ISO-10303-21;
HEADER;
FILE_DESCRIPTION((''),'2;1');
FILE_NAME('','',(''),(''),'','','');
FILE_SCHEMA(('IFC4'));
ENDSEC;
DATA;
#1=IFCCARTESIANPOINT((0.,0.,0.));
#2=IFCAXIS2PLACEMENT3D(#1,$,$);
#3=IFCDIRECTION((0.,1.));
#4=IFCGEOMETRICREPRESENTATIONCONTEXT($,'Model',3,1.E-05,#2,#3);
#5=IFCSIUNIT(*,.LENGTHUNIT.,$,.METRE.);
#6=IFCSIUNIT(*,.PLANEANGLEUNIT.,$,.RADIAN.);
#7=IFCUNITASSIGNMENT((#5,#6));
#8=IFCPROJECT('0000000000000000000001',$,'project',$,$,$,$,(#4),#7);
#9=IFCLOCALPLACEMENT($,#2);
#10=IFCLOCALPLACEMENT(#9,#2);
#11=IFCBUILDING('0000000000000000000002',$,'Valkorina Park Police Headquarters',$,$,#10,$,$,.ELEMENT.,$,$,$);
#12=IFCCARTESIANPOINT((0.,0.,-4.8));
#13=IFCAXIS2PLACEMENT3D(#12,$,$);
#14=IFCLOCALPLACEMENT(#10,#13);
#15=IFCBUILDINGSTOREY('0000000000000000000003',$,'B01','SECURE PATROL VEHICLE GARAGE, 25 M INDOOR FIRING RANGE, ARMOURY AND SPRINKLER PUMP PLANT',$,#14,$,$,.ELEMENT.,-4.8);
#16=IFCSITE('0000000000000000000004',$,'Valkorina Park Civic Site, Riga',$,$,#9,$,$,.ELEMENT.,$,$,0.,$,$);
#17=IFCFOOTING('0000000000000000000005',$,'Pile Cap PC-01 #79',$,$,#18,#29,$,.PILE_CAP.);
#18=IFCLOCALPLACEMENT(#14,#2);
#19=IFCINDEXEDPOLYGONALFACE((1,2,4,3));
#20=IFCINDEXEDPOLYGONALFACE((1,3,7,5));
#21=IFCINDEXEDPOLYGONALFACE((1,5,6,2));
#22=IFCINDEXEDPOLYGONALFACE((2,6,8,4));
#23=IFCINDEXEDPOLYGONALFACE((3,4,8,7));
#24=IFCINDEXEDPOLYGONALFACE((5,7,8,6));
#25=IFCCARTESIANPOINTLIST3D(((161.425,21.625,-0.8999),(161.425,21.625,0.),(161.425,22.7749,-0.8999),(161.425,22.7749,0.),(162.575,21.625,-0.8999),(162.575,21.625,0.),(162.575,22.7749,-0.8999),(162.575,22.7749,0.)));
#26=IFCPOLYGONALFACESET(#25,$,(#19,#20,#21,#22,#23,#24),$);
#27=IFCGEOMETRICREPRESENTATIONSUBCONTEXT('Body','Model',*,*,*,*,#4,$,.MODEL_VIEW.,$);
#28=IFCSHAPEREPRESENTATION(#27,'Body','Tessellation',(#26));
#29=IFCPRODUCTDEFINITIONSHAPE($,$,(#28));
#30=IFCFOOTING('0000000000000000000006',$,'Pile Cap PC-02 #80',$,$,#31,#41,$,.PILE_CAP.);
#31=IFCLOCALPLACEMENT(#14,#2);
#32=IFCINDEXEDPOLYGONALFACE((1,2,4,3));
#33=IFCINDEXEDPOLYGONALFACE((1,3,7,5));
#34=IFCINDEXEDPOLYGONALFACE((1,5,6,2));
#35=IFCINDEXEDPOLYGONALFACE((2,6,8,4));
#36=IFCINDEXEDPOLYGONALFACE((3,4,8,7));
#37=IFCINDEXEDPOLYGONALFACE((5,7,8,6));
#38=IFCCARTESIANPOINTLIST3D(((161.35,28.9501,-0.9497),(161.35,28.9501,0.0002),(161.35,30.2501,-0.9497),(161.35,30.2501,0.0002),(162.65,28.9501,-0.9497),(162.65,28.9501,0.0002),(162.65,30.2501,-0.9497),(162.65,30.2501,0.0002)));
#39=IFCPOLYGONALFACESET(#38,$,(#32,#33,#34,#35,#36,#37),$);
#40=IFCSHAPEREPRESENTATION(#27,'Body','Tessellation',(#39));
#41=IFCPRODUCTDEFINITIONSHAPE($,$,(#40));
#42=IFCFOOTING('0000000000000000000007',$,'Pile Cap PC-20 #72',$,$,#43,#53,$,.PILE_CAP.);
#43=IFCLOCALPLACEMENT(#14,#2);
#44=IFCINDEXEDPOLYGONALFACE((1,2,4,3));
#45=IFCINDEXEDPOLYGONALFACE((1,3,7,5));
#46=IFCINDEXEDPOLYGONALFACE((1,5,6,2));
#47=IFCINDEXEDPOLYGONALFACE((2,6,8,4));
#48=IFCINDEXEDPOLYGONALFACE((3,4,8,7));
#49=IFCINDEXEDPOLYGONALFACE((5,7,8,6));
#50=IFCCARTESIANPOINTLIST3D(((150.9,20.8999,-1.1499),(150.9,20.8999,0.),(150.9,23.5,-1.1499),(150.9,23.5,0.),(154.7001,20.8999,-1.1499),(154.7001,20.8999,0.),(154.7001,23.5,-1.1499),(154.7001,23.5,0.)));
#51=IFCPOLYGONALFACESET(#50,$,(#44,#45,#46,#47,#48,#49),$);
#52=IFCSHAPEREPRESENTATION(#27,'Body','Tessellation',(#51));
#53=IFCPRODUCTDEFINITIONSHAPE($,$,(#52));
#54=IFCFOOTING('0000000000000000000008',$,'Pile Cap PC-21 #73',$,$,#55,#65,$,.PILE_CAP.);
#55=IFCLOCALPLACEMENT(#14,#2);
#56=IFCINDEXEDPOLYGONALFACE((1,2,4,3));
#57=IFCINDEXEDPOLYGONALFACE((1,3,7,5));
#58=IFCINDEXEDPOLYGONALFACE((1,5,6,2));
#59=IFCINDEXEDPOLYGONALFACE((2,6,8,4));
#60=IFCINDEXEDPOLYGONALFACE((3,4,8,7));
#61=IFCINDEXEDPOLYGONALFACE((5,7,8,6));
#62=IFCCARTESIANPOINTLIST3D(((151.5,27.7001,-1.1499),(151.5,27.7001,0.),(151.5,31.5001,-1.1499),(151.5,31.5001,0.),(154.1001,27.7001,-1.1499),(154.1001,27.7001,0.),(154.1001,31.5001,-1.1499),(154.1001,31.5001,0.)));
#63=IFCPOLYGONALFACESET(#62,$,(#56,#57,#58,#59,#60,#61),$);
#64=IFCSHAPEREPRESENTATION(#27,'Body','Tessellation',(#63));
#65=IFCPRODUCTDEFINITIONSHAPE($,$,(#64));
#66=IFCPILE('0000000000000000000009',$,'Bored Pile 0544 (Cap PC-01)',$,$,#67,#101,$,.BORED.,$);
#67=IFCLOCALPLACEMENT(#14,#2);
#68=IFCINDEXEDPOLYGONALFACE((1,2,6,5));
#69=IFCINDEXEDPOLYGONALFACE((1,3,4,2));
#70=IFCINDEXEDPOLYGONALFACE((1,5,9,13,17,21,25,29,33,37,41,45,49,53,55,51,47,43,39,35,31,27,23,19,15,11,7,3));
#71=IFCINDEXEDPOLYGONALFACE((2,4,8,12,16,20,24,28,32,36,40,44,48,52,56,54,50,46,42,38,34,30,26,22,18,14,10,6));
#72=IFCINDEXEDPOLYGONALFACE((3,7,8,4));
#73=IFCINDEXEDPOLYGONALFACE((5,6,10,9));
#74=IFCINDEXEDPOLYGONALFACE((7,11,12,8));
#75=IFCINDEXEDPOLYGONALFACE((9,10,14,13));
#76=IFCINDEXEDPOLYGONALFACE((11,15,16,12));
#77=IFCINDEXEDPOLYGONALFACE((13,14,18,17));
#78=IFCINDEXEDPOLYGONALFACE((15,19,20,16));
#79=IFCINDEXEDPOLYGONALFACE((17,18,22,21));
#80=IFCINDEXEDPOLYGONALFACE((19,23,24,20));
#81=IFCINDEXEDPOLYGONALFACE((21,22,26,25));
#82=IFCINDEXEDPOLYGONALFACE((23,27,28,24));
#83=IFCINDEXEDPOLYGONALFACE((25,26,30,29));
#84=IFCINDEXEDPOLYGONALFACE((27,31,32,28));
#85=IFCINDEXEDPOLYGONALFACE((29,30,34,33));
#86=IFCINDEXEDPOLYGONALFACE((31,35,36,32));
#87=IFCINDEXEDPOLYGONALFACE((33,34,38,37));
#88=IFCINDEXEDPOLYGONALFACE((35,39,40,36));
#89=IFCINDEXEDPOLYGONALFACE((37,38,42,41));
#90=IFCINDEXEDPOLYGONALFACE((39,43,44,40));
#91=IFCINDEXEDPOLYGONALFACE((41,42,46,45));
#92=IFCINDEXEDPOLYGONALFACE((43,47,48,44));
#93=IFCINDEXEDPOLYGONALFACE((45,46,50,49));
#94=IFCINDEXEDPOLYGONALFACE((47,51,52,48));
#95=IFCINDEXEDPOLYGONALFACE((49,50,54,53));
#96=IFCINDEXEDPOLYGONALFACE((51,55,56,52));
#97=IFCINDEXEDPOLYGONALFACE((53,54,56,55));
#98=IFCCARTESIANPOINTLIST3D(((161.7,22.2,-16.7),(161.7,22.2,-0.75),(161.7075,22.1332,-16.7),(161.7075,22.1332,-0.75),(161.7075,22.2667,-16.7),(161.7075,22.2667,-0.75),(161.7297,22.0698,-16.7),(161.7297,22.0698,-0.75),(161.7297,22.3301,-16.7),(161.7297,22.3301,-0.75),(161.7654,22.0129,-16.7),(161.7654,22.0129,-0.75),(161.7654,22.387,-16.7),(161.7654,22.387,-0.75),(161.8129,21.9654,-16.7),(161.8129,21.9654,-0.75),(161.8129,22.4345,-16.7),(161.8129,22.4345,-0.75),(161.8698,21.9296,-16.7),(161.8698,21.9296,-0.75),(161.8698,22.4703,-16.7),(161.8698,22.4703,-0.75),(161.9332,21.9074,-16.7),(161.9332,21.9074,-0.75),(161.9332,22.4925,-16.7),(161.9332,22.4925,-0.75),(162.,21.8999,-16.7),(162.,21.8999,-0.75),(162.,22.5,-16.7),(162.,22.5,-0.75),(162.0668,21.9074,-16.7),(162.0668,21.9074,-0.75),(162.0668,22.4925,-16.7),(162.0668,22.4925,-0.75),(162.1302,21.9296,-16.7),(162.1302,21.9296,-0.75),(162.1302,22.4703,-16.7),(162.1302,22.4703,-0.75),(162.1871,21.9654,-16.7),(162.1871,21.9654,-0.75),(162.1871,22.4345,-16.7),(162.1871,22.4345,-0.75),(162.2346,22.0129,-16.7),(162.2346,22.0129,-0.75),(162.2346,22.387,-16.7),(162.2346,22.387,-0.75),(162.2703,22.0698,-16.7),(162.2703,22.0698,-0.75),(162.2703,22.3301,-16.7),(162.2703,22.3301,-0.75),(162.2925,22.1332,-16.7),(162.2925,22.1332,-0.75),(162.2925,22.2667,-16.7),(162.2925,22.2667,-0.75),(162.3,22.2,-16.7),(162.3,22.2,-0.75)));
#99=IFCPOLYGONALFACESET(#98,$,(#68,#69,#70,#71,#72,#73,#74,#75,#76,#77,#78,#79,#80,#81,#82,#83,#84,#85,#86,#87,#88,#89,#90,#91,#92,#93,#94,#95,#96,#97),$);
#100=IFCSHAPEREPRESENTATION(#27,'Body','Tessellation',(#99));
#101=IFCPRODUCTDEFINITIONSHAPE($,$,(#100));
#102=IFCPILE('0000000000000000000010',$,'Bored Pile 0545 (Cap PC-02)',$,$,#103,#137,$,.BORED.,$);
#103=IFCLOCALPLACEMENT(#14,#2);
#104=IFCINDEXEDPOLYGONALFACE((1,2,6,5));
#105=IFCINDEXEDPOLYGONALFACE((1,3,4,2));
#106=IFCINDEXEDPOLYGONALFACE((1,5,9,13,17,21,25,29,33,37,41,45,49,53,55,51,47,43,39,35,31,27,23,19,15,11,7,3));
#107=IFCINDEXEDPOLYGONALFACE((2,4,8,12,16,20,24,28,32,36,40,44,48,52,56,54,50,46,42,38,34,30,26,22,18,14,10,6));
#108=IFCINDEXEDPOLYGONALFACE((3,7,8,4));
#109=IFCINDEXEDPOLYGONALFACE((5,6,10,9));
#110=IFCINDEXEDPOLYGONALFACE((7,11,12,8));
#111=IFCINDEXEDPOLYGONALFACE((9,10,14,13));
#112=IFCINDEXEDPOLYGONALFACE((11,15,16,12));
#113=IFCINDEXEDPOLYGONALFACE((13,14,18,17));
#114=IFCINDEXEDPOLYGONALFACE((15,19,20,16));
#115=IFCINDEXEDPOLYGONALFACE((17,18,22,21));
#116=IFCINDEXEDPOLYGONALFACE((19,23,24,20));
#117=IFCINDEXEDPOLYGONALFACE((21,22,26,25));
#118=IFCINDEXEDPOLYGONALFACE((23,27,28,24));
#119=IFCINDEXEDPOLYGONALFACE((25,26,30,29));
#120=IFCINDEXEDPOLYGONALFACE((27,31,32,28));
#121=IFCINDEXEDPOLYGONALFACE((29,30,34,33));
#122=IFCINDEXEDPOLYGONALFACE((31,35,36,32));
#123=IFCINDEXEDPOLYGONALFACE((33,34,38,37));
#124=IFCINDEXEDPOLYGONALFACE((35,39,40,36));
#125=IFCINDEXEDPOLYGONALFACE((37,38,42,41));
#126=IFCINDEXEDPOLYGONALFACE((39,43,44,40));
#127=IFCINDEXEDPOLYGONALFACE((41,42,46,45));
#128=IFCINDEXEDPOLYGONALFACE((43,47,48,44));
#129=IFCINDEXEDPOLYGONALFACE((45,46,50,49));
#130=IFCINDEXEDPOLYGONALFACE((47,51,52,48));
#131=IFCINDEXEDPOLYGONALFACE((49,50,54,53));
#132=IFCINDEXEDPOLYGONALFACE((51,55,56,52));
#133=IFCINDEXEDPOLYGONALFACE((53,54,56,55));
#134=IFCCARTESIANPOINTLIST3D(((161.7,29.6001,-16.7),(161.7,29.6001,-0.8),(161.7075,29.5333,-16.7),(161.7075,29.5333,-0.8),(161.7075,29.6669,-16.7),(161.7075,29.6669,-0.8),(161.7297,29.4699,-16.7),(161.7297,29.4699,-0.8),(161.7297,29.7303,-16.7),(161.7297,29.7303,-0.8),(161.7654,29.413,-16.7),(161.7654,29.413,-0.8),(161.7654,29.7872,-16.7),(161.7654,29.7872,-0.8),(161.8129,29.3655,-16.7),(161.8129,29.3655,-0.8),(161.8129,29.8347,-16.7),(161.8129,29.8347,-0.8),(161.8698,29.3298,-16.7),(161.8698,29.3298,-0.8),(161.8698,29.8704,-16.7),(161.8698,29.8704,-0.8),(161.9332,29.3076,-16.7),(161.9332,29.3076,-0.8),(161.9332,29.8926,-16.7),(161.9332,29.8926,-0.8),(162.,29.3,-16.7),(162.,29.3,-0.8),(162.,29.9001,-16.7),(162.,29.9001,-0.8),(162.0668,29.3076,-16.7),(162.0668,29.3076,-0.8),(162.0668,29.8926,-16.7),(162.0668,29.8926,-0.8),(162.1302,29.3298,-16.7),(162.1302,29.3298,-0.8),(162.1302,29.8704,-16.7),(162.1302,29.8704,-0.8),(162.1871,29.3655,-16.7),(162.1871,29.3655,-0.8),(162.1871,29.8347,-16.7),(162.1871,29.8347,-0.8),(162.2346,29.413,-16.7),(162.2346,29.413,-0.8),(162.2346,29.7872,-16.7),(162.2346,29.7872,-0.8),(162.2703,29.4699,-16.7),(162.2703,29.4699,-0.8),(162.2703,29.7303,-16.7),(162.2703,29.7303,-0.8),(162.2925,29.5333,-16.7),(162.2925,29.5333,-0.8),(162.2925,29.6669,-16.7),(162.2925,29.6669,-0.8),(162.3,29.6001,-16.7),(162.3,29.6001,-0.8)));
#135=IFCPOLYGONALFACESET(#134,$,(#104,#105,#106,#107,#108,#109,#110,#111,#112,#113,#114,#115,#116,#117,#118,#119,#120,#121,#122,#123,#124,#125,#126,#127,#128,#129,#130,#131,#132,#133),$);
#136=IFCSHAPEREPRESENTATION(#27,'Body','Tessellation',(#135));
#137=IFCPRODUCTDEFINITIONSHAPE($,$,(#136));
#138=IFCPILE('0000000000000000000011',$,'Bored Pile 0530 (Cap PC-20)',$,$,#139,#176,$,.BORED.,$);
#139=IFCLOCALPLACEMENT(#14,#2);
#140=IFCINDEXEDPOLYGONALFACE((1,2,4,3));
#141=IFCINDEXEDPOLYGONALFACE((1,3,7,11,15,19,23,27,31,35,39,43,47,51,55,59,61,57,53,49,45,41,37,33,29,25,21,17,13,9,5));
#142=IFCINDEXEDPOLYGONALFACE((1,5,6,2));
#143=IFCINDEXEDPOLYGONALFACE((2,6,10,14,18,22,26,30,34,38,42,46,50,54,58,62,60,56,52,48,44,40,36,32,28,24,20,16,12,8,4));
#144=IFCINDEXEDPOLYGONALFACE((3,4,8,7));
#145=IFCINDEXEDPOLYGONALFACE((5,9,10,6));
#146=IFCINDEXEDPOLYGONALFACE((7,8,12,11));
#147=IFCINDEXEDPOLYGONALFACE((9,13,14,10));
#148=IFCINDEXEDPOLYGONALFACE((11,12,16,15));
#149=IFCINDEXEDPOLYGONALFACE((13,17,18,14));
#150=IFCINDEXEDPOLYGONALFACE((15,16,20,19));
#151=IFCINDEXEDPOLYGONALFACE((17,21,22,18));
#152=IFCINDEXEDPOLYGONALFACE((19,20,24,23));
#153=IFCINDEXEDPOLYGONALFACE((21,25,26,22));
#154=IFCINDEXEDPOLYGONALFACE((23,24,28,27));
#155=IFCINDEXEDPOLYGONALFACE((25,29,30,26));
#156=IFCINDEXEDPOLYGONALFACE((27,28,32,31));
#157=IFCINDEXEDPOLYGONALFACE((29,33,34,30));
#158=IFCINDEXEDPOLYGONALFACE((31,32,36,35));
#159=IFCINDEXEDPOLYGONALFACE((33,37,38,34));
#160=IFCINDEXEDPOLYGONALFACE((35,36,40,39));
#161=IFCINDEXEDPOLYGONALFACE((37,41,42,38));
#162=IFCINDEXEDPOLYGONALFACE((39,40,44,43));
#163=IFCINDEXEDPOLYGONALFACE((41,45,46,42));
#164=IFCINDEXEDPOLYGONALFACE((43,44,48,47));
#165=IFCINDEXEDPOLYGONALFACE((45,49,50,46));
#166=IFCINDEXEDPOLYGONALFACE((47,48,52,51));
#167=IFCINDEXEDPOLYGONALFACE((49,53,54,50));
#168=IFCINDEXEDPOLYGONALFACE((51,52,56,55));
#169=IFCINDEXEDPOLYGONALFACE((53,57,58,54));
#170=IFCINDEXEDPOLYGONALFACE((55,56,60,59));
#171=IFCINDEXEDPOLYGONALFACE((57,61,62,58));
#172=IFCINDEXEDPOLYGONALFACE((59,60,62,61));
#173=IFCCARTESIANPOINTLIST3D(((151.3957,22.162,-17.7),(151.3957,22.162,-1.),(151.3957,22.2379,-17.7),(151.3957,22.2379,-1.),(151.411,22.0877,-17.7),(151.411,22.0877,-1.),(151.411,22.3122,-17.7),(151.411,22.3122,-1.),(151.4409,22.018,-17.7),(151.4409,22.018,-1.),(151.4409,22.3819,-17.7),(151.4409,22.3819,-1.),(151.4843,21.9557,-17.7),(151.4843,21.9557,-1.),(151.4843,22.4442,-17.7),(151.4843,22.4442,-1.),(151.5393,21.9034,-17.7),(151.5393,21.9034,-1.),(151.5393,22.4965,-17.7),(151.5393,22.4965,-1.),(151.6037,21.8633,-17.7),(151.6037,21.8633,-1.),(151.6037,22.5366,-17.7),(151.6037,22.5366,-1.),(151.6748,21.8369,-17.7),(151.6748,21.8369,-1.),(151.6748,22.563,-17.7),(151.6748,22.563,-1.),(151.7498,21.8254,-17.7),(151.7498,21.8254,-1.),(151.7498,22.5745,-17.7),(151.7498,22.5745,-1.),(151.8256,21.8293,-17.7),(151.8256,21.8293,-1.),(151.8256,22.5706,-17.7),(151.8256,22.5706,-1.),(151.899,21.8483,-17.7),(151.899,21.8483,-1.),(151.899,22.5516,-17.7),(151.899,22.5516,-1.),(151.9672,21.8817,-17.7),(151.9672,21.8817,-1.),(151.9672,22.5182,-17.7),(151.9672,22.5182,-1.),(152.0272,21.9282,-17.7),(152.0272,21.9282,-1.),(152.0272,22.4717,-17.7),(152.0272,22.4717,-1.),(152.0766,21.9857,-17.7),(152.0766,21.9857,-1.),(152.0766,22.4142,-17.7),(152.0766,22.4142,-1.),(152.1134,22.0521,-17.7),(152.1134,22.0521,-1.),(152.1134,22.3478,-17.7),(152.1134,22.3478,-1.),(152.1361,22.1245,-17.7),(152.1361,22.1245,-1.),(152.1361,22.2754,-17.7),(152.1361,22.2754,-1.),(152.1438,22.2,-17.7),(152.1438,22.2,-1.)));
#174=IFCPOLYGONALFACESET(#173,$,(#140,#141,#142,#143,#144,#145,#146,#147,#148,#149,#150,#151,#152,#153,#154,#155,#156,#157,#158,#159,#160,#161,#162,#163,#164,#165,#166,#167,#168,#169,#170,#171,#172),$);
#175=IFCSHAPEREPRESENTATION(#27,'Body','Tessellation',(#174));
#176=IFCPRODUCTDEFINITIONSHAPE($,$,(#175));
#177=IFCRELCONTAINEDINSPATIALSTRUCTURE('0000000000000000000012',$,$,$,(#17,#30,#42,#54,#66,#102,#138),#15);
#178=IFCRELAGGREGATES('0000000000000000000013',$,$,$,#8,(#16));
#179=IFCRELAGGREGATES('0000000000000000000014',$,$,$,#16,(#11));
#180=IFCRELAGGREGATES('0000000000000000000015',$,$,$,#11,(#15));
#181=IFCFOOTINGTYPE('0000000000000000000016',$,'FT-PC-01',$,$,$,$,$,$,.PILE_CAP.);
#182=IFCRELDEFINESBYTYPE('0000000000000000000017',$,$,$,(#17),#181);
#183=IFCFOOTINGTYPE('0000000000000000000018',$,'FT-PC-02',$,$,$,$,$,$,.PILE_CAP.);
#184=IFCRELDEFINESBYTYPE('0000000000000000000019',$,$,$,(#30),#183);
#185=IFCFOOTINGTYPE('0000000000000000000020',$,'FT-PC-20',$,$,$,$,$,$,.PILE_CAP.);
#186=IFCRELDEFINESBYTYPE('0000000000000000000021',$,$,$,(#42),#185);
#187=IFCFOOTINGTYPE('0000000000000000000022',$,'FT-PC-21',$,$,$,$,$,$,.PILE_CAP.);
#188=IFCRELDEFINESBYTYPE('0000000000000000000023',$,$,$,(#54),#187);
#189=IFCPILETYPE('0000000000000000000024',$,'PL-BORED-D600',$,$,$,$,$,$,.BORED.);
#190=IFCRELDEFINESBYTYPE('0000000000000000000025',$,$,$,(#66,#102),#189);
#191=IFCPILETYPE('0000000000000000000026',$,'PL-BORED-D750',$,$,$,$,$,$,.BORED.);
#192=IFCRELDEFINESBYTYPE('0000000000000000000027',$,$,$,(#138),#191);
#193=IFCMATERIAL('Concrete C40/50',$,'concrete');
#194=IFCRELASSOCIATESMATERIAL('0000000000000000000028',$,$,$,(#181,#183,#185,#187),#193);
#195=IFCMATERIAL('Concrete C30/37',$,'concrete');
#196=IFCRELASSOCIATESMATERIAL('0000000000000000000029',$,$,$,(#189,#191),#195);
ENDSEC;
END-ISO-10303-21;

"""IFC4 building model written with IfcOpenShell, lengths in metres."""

from ifc_helpers import new_model, si_unit, direction, frame, origin, origin_2d, place, context, subcontext, project, spatial, rectangle, circle, extrude, material, material_profile, profile_set, type_object, element, save


model = new_model("IFC4")

# Units and contexts
model_context = context("Model", 3, precision=1e-05, world=origin(), true_north=direction((0.0, 1.0)))
body_context = subcontext(model_context, "Body", "Model", "MODEL_VIEW")
ifc_project = project(units=[si_unit("LENGTHUNIT", "METRE"), si_unit("PLANEANGLEUNIT", "RADIAN")], contexts=[model_context])

# Site, building, storey
site_placement = place(None, origin())
site = spatial("IfcSite", under=ifc_project, at=site_placement, Name="Valkorina Park Civic Site, Riga", CompositionType="ELEMENT", RefElevation=0.0)
building_placement = place(site_placement, origin())
building = spatial("IfcBuilding", under=site, at=building_placement, Name="Valkorina Park Police Headquarters", CompositionType="ELEMENT")
storey_placement = place(building_placement, frame((0.0, 0.0, -4.8)))
storey = spatial("IfcBuildingStorey", under=building, at=storey_placement, Name="B01", Description="SECURE PATROL VEHICLE GARAGE, 25 M INDOOR FIRING RANGE, ARMOURY AND SPRINKLER PUMP PLANT", CompositionType="ELEMENT", Elevation=-4.8)

# Footings
ifc_material_1 = material(Name="Concrete C40/50", Category="concrete")
footing_type_1 = type_object("IfcFootingType", Name="FT-PC-01", PredefinedType="PILE_CAP", material=ifc_material_1)
footing_1_placement = place(storey_placement, frame((162.0, 22.2, -0.8999), z_axis=(0.0, 0.0, 1.0), x_axis=(1.0, 0.0, 0.0)))
element("IfcFooting", 1, at=footing_1_placement, inside=storey, type_object=footing_type_1, Name="Pile Cap PC-01 #79", PredefinedType="PILE_CAP", context=body_context, shape_type="SweptSolid", body=[
    extrude(rectangle(XDim=1.1499, YDim=1.1499, at=origin_2d()), origin(), (0.0, 0.0, 1.0), 0.8999),
])
footing_type_2 = type_object("IfcFootingType", Name="FT-PC-02", PredefinedType="PILE_CAP", material=ifc_material_1)
footing_2_placement = place(storey_placement, frame((162.0, 29.6001, -0.9497), z_axis=(0.0, 0.0, 1.0), x_axis=(1.0, 0.0, 0.0)))
element("IfcFooting", 2, at=footing_2_placement, inside=storey, type_object=footing_type_2, Name="Pile Cap PC-02 #80", PredefinedType="PILE_CAP", context=body_context, shape_type="SweptSolid", body=[
    extrude(rectangle(XDim=1.3, YDim=1.3, at=origin_2d()), origin(), (0.0, 0.0, 1.0), 0.95),
])
footing_type_3 = type_object("IfcFootingType", Name="FT-PC-20", PredefinedType="PILE_CAP", material=ifc_material_1)
footing_3_placement = place(storey_placement, frame((152.8, 22.2, -1.1499), z_axis=(0.0, 0.0, 1.0), x_axis=(1.0, 0.0, 0.0)))
element("IfcFooting", 3, at=footing_3_placement, inside=storey, type_object=footing_type_3, Name="Pile Cap PC-20 #72", PredefinedType="PILE_CAP", context=body_context, shape_type="SweptSolid", body=[
    extrude(rectangle(XDim=3.8, YDim=2.6001, at=origin_2d()), origin(), (0.0, 0.0, 1.0), 1.1499),
])
footing_type_4 = type_object("IfcFootingType", Name="FT-PC-21", PredefinedType="PILE_CAP", material=ifc_material_1)
footing_4_placement = place(storey_placement, frame((152.8, 29.6001, -1.1499), z_axis=(0.0, 0.0, 1.0), x_axis=(1.0, 0.0, 0.0)))
element("IfcFooting", 4, at=footing_4_placement, inside=storey, type_object=footing_type_4, Name="Pile Cap PC-21 #73", PredefinedType="PILE_CAP", context=body_context, shape_type="SweptSolid", body=[
    extrude(rectangle(XDim=2.6001, YDim=3.8, at=origin_2d()), origin(), (0.0, 0.0, 1.0), 1.1499),
])

# Piles
ifc_material_2 = material(Name="Concrete C30/37", Category="concrete")
ifc_material_profile_1 = material_profile(ifc_material_2, circle(Radius=0.3, at=origin_2d()), Name="BORED PILE D600")
ifc_profile_set_1 = profile_set([ifc_material_profile_1], Name="Concrete C30/37")
pile_type_1 = type_object("IfcPileType", Name="PL-BORED-D600", PredefinedType="BORED", material=ifc_profile_set_1)
pile_1_placement = place(storey_placement, frame((162.0, 22.2, -0.75), z_axis=(0.0, 0.0, -1.0), x_axis=(1.0, 0.0, 0.0)))
element("IfcPile", 5, at=pile_1_placement, inside=storey, type_object=pile_type_1, Name="Bored Pile 0544 (Cap PC-01)", PredefinedType="BORED", context=body_context, shape_type="SweptSolid", body=[
    extrude(circle(Radius=0.3, at=origin_2d()), origin(), (0.0, 0.0, 1.0), 15.95),
])
pile_2_placement = place(storey_placement, frame((162.0, 29.6001, -0.8), z_axis=(0.0, 0.0, -1.0), x_axis=(1.0, 0.0, 0.0)))
element("IfcPile", 6, at=pile_2_placement, inside=storey, type_object=pile_type_1, Name="Bored Pile 0545 (Cap PC-02)", PredefinedType="BORED", context=body_context, shape_type="SweptSolid", body=[
    extrude(circle(Radius=0.3, at=origin_2d()), origin(), (0.0, 0.0, 1.0), 15.8999),
])
ifc_material_profile_2 = material_profile(ifc_material_2, circle(Radius=0.375, at=origin_2d()), Name="BORED PILE D750")
ifc_profile_set_2 = profile_set([ifc_material_profile_2], Name="Concrete C30/37")
pile_type_2 = type_object("IfcPileType", Name="PL-BORED-D750", PredefinedType="BORED", material=ifc_profile_set_2)
for number, where, z_axis, x_axis, name in (
    (7, (151.7688, 22.2, -1.0), (0.0, 0.0, -1.0), (1.0, 0.0, 0.0), "Bored Pile 0530 (Cap PC-20)"),
):
    element("IfcPile", number, at=place(storey_placement, frame(where, z_axis=z_axis, x_axis=x_axis)), inside=storey, type_object=pile_type_2, Name=name, PredefinedType="BORED", context=body_context, shape_type="SweptSolid", body=[
        extrude(circle(Radius=0.375, at=origin_2d()), origin(), (0.0, 0.0, 1.0), 16.7),
    ])

save(model, "model.ifc")
